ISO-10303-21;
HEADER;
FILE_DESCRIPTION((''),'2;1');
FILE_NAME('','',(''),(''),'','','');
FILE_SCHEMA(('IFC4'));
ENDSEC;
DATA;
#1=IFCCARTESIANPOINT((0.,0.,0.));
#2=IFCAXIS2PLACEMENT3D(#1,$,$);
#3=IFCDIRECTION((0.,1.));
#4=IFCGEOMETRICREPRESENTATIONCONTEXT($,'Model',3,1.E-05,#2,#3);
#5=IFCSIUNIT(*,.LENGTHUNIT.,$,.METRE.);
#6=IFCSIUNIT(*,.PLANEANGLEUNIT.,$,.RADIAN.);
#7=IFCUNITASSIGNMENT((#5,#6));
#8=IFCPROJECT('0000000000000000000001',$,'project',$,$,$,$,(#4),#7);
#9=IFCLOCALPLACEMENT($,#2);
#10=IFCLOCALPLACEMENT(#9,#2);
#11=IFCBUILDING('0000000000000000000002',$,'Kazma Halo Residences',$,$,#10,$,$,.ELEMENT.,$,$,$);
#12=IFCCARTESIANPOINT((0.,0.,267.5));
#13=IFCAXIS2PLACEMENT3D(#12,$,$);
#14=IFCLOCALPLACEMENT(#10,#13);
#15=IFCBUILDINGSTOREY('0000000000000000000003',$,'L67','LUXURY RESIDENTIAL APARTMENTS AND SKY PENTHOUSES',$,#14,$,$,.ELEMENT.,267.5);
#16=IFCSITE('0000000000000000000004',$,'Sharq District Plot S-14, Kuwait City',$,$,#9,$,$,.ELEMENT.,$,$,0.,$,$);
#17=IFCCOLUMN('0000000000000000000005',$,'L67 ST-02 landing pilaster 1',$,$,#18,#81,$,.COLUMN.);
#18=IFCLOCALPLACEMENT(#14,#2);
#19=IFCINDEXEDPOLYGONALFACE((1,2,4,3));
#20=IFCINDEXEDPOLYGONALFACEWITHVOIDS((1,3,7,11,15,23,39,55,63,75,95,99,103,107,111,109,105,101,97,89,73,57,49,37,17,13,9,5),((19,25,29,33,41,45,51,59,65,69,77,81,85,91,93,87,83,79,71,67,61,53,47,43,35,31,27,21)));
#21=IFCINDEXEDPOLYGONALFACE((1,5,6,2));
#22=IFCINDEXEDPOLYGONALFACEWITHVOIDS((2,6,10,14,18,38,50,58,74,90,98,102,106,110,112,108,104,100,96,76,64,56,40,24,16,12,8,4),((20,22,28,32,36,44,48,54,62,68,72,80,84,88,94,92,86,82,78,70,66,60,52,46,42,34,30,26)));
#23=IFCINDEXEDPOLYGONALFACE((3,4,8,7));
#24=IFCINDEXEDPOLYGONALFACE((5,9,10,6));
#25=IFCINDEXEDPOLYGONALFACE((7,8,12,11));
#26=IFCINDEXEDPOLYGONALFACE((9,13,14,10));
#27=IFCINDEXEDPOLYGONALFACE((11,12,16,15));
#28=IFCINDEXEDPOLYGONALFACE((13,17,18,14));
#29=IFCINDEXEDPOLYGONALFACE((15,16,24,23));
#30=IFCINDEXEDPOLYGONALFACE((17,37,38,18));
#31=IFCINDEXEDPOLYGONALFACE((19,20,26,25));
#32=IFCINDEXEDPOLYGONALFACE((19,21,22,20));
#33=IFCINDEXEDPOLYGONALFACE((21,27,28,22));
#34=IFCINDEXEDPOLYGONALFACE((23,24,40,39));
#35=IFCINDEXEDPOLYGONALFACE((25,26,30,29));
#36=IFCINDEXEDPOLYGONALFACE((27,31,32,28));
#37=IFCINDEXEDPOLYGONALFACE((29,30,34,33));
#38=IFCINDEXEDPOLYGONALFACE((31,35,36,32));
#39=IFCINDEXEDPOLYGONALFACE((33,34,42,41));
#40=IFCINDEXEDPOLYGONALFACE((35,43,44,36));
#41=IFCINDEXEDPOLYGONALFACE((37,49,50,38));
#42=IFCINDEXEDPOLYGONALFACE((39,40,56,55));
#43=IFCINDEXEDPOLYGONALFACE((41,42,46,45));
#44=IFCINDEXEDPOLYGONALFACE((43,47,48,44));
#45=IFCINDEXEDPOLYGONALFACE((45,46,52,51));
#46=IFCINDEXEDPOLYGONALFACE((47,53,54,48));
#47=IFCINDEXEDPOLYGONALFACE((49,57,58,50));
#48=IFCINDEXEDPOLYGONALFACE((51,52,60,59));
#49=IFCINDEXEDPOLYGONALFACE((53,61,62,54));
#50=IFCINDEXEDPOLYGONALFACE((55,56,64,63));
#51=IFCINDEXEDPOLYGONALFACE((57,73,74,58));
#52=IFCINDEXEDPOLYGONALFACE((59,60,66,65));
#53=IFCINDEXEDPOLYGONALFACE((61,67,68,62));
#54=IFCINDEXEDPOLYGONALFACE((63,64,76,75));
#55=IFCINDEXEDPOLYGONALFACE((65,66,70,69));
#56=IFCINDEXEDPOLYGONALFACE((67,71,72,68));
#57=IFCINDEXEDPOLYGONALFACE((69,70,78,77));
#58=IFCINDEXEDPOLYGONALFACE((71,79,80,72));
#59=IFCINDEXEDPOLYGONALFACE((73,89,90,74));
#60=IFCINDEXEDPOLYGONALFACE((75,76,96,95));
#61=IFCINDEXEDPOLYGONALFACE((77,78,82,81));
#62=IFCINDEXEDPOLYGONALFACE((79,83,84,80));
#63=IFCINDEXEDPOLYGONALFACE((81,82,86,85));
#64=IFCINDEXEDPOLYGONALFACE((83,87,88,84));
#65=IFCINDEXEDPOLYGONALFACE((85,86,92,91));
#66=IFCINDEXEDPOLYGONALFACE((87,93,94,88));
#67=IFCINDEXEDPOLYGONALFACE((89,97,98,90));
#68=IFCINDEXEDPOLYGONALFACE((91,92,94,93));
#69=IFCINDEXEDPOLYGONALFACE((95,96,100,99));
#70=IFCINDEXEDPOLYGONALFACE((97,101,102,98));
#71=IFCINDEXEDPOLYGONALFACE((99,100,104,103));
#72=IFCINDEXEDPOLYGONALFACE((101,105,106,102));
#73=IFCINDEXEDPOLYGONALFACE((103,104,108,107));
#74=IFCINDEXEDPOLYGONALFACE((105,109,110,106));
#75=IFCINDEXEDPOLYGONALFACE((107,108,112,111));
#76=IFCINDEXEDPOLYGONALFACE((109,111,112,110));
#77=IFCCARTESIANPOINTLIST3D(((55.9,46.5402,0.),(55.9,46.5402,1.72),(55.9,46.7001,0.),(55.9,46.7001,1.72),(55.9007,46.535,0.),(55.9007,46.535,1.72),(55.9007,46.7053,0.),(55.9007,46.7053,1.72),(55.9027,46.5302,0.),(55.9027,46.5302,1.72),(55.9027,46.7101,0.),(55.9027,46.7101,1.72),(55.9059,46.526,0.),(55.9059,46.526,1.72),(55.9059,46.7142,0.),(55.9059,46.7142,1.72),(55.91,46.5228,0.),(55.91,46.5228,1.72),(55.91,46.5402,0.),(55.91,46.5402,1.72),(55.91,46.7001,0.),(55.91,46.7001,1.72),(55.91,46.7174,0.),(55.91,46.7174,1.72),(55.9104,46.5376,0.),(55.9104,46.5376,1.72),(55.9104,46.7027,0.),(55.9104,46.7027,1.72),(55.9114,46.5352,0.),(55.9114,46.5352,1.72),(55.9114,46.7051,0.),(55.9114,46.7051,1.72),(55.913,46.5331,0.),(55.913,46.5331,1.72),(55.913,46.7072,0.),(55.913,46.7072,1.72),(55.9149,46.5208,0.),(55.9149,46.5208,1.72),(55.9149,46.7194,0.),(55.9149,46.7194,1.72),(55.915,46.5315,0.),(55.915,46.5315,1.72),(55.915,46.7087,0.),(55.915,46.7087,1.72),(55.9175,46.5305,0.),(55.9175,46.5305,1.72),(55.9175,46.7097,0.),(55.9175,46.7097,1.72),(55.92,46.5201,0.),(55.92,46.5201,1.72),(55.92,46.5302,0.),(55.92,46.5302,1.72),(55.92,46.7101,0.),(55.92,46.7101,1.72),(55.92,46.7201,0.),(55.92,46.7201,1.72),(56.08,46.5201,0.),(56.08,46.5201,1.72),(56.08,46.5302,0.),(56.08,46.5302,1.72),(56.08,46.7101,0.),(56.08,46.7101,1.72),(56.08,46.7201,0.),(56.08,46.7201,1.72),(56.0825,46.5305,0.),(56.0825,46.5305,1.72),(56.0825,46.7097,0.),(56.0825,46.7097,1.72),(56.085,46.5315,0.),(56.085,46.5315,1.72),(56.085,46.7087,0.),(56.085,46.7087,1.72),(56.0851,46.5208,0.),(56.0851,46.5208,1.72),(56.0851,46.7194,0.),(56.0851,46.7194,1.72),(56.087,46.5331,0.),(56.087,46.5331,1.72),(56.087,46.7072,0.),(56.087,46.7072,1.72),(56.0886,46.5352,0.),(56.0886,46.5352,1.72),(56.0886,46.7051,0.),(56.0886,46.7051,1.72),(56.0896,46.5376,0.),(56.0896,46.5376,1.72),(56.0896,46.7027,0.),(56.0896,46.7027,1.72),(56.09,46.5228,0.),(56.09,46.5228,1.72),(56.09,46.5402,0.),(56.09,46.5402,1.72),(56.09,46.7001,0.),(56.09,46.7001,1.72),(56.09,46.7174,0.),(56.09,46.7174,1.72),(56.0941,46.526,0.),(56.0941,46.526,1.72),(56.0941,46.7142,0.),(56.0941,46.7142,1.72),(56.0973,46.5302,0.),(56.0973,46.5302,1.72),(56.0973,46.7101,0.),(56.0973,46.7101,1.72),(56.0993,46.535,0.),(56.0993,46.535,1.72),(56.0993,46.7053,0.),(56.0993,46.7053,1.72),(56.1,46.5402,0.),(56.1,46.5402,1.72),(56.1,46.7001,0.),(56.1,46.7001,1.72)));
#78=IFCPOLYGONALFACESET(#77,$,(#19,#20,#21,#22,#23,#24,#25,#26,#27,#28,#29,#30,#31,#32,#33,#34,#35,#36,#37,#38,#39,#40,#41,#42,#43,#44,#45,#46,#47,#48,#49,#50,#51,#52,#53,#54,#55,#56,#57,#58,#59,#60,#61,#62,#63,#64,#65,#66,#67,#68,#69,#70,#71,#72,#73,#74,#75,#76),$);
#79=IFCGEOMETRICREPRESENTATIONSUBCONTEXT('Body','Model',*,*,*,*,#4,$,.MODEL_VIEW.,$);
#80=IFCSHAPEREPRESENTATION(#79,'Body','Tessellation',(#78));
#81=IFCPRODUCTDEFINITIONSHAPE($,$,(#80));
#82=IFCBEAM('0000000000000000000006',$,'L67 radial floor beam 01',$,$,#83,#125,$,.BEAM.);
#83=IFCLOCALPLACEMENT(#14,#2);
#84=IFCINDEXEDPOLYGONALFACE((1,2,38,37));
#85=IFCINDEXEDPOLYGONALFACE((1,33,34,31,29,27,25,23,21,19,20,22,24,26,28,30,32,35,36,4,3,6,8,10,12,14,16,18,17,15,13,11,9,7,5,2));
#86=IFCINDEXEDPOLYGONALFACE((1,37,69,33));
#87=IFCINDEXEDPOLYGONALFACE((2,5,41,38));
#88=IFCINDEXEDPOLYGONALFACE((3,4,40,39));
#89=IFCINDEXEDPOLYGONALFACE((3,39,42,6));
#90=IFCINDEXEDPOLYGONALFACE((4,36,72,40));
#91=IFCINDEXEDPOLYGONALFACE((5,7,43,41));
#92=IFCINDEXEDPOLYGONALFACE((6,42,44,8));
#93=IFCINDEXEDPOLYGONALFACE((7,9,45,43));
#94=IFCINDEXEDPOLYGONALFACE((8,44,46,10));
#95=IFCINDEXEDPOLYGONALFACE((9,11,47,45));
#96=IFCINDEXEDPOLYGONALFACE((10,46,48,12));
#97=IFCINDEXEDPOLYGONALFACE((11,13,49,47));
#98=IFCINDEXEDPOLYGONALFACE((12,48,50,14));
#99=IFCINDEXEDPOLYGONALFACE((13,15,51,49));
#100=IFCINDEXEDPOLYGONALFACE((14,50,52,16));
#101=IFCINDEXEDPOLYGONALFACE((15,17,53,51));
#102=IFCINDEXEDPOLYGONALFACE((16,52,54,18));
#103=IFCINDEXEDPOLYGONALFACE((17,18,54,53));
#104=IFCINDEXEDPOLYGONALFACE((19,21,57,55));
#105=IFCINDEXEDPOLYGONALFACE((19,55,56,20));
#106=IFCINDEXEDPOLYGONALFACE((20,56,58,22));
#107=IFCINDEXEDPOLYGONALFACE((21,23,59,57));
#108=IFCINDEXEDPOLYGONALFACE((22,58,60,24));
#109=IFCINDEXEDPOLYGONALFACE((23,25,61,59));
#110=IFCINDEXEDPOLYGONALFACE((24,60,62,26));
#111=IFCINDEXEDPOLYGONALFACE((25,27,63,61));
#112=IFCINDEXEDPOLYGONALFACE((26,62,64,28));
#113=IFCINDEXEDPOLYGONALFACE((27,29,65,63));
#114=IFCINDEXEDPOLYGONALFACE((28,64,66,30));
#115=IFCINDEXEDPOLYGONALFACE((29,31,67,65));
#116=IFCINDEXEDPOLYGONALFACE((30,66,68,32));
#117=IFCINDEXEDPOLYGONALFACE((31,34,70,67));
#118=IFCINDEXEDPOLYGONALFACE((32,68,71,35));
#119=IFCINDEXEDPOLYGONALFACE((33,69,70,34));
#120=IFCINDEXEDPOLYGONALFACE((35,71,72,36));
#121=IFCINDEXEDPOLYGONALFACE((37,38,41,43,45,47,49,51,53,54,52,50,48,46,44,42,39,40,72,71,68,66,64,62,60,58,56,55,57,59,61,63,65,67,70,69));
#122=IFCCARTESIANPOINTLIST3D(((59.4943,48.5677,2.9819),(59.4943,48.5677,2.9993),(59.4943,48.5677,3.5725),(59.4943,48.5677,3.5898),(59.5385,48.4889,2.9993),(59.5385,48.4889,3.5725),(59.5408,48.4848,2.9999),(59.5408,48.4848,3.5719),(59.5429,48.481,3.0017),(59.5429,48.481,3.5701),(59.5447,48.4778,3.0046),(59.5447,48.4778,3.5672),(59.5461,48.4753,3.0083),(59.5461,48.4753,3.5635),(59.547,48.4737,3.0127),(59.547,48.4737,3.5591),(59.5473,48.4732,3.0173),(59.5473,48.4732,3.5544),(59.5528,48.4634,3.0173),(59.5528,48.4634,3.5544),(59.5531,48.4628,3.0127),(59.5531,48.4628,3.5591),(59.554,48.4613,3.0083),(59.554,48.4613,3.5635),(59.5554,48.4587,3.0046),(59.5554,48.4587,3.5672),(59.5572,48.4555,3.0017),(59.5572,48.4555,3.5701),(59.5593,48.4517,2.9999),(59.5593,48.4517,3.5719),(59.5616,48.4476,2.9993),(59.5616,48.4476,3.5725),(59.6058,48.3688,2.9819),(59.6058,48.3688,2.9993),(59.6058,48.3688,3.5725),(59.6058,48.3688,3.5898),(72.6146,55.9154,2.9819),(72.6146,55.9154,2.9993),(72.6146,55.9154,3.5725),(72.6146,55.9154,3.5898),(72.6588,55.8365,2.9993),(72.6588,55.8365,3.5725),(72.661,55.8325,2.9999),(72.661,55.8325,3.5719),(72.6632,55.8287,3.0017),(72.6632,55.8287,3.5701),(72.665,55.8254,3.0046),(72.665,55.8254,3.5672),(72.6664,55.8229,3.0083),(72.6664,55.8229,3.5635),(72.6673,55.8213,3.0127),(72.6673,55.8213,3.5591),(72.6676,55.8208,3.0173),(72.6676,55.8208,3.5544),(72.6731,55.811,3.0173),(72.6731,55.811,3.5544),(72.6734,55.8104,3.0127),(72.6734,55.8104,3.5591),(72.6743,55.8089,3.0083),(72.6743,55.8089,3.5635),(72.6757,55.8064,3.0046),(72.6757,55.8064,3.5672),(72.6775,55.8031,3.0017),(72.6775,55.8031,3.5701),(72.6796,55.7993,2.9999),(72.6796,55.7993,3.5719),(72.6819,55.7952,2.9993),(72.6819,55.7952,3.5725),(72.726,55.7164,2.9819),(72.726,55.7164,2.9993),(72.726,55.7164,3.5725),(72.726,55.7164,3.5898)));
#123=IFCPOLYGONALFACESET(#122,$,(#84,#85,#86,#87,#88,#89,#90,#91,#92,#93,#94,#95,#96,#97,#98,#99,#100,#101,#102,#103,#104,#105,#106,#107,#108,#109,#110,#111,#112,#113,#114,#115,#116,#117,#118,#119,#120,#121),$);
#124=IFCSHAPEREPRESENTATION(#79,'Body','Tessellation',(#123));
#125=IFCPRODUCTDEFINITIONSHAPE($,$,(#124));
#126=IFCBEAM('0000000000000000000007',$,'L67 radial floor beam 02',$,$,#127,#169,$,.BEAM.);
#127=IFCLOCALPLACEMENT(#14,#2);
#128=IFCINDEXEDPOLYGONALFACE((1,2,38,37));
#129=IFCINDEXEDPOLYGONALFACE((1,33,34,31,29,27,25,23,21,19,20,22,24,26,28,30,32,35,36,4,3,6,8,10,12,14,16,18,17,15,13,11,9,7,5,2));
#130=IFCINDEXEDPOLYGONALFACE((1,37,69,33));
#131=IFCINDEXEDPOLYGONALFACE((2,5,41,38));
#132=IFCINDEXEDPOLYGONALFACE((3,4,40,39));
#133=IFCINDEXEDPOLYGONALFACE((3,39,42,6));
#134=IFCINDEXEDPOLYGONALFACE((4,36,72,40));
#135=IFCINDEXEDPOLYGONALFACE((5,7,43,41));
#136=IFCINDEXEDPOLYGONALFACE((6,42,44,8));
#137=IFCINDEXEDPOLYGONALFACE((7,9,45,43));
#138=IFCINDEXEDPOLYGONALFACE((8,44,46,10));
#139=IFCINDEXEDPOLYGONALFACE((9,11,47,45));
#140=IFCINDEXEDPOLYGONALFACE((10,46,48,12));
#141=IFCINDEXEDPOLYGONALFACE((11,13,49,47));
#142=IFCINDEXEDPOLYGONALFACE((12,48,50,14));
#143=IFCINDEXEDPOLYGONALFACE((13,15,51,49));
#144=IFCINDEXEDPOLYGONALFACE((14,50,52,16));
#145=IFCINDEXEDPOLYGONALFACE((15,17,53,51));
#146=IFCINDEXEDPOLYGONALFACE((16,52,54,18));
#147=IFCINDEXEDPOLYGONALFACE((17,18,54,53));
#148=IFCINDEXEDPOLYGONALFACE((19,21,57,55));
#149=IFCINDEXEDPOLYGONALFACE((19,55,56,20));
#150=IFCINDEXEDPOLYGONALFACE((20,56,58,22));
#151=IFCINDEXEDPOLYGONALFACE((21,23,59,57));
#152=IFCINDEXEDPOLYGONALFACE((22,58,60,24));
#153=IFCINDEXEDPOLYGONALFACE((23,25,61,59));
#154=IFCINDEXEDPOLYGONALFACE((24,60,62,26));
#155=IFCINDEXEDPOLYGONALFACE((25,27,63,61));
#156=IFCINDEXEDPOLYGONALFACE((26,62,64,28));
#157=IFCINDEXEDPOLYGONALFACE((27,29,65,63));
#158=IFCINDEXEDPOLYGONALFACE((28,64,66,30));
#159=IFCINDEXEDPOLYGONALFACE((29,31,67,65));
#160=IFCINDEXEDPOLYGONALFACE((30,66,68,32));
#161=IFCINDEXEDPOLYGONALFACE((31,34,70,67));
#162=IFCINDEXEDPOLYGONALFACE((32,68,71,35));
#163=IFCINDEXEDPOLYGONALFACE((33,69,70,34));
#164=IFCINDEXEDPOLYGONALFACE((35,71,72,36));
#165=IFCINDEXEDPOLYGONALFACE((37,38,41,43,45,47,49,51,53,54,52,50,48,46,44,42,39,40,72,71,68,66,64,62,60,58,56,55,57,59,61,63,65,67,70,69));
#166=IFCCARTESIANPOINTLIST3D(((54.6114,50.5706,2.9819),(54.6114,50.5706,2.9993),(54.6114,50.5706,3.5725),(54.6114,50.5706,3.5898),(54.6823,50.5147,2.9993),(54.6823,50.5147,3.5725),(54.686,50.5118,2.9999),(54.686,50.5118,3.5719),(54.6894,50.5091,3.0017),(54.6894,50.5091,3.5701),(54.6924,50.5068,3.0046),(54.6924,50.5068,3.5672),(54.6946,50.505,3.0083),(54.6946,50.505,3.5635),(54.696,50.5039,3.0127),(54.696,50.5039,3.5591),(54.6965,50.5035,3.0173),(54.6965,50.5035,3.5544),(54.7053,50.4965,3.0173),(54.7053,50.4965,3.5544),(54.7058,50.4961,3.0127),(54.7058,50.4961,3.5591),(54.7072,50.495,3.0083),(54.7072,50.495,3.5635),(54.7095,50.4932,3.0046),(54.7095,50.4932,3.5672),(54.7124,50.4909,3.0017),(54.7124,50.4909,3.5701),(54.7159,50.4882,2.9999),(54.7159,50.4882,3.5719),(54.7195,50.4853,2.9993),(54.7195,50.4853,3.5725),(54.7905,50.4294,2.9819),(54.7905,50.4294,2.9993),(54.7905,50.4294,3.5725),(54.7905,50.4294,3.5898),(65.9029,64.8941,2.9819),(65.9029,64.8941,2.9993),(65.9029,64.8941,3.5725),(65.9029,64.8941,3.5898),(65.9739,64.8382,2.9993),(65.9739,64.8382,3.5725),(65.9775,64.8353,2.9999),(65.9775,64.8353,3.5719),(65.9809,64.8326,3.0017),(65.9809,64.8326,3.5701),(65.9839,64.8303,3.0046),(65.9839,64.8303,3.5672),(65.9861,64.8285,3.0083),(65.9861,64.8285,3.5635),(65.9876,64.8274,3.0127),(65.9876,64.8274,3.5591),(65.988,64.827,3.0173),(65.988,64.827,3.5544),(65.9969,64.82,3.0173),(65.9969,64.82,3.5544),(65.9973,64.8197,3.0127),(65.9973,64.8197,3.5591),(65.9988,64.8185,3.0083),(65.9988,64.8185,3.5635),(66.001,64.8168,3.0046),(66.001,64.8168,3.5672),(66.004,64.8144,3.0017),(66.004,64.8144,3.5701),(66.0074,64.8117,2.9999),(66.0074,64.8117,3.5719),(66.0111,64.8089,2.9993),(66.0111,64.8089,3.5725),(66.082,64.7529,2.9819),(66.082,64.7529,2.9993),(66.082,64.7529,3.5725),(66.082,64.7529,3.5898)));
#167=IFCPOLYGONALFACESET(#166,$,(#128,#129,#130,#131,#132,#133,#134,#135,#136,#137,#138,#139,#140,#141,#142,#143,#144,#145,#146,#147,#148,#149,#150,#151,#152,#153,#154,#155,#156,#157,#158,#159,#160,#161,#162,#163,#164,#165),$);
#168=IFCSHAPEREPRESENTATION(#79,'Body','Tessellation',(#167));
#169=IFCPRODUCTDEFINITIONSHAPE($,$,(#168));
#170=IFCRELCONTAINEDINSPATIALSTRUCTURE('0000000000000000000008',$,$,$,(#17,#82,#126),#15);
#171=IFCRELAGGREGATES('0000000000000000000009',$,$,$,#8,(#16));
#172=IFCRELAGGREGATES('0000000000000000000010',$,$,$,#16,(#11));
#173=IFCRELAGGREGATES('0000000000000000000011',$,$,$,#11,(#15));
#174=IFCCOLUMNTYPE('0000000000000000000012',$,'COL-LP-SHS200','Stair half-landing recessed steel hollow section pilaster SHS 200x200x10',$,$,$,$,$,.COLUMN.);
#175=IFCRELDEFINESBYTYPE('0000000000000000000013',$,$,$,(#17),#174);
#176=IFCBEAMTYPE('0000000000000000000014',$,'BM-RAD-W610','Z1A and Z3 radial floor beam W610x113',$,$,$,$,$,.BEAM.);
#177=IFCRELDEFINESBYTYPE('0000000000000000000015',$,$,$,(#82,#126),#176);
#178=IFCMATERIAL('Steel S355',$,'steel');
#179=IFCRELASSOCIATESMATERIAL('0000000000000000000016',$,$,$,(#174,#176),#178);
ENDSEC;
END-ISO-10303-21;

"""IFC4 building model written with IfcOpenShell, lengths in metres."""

from ifc_helpers import new_model, si_unit, direction, frame, origin, origin_2d, place, context, subcontext, project, spatial, hollow_rectangle, i_section, extrude, material, material_profile, profile_set, type_object, element, save


model = new_model("IFC4")

# Units and contexts
model_context = context("Model", 3, precision=1e-05, world=origin(), true_north=direction((0.0, 1.0)))
body_context = subcontext(model_context, "Body", "Model", "MODEL_VIEW")
ifc_project = project(units=[si_unit("LENGTHUNIT", "METRE"), si_unit("PLANEANGLEUNIT", "RADIAN")], contexts=[model_context])

# Site, building, storey
site_placement = place(None, origin())
site = spatial("IfcSite", under=ifc_project, at=site_placement, Name="Sharq District Plot S-14, Kuwait City", CompositionType="ELEMENT", RefElevation=0.0)
building_placement = place(site_placement, origin())
building = spatial("IfcBuilding", under=site, at=building_placement, Name="Kazma Halo Residences", CompositionType="ELEMENT")
storey_placement = place(building_placement, frame((0.0, 0.0, 267.5)))
storey = spatial("IfcBuildingStorey", under=building, at=storey_placement, Name="L67", Description="LUXURY RESIDENTIAL APARTMENTS AND SKY PENTHOUSES", CompositionType="ELEMENT", Elevation=267.5)

# Column
ifc_material_1 = material(Name="Steel S355", Category="steel")
ifc_material_profile_1 = material_profile(ifc_material_1, hollow_rectangle(XDim=0.2, YDim=0.2, WallThickness=0.01, InnerFilletRadius=0.01, OuterFilletRadius=0.02, at=origin_2d()), Name="SHS200x200x10")
ifc_profile_set_1 = profile_set([ifc_material_profile_1], Name="Steel S355")
column_type = type_object("IfcColumnType", Name="COL-LP-SHS200", Description="Stair half-landing recessed steel hollow section pilaster SHS 200x200x10", PredefinedType="COLUMN", material=ifc_profile_set_1)
column_placement = place(storey_placement, frame((56.0, 46.6201, 0.0), z_axis=(0.0, 0.0, 1.0), x_axis=(1.0, 0.0, 0.0)))
element("IfcColumn", 1, at=column_placement, inside=storey, type_object=column_type, Name="L67 ST-02 landing pilaster 1", PredefinedType="COLUMN", context=body_context, shape_type="SweptSolid", body=[
    extrude(hollow_rectangle(XDim=0.2, YDim=0.2, WallThickness=0.01, InnerFilletRadius=0.01, OuterFilletRadius=0.02, at=origin_2d()), origin(), (0.0, 0.0, 1.0), 1.72),
])

# Beams
ifc_material_profile_2 = material_profile(ifc_material_1, i_section(OverallWidth=0.228, OverallDepth=0.6079, WebThickness=0.0112, FlangeThickness=0.0173, FilletRadius=0.0181, at=origin_2d()), Name="W610x113")
ifc_profile_set_2 = profile_set([ifc_material_profile_2], Name="Steel S355")
beam_type_1 = type_object("IfcBeamType", Name="BM-RAD-W610", Description="Z1A and Z3 radial floor beam W610x113", PredefinedType="BEAM", material=ifc_profile_set_2)
beam_1_placement = place(storey_placement, frame((59.55, 48.4683, 3.2859), z_axis=(0.872499, 0.488616, 0.0), x_axis=(-0.488616, 0.872499, 0.0)))
element("IfcBeam", 2, at=beam_1_placement, inside=storey, type_object=beam_type_1, Name="L67 radial floor beam 01", PredefinedType="BEAM", context=body_context, shape_type="SweptSolid", body=[
    extrude(i_section(OverallWidth=0.228, OverallDepth=0.6079, WebThickness=0.0112, FlangeThickness=0.0173, FilletRadius=0.0181, at=origin_2d()), origin(), (0.0, 0.0, 1.0), 15.0376),
])
beam_2_placement = place(storey_placement, frame((54.7009, 50.5, 3.2859), z_axis=(0.619086, 0.785323, 0.0), x_axis=(-0.785323, 0.619086, 0.0)))
element("IfcBeam", 3, at=beam_2_placement, inside=storey, type_object=beam_type_1, Name="L67 radial floor beam 02", PredefinedType="BEAM", context=body_context, shape_type="SweptSolid", body=[
    extrude(i_section(OverallWidth=0.228, OverallDepth=0.6079, WebThickness=0.0112, FlangeThickness=0.0173, FilletRadius=0.0181, at=origin_2d()), origin(), (0.0, 0.0, 1.0), 18.239),
])

save(model, "model.ifc")
